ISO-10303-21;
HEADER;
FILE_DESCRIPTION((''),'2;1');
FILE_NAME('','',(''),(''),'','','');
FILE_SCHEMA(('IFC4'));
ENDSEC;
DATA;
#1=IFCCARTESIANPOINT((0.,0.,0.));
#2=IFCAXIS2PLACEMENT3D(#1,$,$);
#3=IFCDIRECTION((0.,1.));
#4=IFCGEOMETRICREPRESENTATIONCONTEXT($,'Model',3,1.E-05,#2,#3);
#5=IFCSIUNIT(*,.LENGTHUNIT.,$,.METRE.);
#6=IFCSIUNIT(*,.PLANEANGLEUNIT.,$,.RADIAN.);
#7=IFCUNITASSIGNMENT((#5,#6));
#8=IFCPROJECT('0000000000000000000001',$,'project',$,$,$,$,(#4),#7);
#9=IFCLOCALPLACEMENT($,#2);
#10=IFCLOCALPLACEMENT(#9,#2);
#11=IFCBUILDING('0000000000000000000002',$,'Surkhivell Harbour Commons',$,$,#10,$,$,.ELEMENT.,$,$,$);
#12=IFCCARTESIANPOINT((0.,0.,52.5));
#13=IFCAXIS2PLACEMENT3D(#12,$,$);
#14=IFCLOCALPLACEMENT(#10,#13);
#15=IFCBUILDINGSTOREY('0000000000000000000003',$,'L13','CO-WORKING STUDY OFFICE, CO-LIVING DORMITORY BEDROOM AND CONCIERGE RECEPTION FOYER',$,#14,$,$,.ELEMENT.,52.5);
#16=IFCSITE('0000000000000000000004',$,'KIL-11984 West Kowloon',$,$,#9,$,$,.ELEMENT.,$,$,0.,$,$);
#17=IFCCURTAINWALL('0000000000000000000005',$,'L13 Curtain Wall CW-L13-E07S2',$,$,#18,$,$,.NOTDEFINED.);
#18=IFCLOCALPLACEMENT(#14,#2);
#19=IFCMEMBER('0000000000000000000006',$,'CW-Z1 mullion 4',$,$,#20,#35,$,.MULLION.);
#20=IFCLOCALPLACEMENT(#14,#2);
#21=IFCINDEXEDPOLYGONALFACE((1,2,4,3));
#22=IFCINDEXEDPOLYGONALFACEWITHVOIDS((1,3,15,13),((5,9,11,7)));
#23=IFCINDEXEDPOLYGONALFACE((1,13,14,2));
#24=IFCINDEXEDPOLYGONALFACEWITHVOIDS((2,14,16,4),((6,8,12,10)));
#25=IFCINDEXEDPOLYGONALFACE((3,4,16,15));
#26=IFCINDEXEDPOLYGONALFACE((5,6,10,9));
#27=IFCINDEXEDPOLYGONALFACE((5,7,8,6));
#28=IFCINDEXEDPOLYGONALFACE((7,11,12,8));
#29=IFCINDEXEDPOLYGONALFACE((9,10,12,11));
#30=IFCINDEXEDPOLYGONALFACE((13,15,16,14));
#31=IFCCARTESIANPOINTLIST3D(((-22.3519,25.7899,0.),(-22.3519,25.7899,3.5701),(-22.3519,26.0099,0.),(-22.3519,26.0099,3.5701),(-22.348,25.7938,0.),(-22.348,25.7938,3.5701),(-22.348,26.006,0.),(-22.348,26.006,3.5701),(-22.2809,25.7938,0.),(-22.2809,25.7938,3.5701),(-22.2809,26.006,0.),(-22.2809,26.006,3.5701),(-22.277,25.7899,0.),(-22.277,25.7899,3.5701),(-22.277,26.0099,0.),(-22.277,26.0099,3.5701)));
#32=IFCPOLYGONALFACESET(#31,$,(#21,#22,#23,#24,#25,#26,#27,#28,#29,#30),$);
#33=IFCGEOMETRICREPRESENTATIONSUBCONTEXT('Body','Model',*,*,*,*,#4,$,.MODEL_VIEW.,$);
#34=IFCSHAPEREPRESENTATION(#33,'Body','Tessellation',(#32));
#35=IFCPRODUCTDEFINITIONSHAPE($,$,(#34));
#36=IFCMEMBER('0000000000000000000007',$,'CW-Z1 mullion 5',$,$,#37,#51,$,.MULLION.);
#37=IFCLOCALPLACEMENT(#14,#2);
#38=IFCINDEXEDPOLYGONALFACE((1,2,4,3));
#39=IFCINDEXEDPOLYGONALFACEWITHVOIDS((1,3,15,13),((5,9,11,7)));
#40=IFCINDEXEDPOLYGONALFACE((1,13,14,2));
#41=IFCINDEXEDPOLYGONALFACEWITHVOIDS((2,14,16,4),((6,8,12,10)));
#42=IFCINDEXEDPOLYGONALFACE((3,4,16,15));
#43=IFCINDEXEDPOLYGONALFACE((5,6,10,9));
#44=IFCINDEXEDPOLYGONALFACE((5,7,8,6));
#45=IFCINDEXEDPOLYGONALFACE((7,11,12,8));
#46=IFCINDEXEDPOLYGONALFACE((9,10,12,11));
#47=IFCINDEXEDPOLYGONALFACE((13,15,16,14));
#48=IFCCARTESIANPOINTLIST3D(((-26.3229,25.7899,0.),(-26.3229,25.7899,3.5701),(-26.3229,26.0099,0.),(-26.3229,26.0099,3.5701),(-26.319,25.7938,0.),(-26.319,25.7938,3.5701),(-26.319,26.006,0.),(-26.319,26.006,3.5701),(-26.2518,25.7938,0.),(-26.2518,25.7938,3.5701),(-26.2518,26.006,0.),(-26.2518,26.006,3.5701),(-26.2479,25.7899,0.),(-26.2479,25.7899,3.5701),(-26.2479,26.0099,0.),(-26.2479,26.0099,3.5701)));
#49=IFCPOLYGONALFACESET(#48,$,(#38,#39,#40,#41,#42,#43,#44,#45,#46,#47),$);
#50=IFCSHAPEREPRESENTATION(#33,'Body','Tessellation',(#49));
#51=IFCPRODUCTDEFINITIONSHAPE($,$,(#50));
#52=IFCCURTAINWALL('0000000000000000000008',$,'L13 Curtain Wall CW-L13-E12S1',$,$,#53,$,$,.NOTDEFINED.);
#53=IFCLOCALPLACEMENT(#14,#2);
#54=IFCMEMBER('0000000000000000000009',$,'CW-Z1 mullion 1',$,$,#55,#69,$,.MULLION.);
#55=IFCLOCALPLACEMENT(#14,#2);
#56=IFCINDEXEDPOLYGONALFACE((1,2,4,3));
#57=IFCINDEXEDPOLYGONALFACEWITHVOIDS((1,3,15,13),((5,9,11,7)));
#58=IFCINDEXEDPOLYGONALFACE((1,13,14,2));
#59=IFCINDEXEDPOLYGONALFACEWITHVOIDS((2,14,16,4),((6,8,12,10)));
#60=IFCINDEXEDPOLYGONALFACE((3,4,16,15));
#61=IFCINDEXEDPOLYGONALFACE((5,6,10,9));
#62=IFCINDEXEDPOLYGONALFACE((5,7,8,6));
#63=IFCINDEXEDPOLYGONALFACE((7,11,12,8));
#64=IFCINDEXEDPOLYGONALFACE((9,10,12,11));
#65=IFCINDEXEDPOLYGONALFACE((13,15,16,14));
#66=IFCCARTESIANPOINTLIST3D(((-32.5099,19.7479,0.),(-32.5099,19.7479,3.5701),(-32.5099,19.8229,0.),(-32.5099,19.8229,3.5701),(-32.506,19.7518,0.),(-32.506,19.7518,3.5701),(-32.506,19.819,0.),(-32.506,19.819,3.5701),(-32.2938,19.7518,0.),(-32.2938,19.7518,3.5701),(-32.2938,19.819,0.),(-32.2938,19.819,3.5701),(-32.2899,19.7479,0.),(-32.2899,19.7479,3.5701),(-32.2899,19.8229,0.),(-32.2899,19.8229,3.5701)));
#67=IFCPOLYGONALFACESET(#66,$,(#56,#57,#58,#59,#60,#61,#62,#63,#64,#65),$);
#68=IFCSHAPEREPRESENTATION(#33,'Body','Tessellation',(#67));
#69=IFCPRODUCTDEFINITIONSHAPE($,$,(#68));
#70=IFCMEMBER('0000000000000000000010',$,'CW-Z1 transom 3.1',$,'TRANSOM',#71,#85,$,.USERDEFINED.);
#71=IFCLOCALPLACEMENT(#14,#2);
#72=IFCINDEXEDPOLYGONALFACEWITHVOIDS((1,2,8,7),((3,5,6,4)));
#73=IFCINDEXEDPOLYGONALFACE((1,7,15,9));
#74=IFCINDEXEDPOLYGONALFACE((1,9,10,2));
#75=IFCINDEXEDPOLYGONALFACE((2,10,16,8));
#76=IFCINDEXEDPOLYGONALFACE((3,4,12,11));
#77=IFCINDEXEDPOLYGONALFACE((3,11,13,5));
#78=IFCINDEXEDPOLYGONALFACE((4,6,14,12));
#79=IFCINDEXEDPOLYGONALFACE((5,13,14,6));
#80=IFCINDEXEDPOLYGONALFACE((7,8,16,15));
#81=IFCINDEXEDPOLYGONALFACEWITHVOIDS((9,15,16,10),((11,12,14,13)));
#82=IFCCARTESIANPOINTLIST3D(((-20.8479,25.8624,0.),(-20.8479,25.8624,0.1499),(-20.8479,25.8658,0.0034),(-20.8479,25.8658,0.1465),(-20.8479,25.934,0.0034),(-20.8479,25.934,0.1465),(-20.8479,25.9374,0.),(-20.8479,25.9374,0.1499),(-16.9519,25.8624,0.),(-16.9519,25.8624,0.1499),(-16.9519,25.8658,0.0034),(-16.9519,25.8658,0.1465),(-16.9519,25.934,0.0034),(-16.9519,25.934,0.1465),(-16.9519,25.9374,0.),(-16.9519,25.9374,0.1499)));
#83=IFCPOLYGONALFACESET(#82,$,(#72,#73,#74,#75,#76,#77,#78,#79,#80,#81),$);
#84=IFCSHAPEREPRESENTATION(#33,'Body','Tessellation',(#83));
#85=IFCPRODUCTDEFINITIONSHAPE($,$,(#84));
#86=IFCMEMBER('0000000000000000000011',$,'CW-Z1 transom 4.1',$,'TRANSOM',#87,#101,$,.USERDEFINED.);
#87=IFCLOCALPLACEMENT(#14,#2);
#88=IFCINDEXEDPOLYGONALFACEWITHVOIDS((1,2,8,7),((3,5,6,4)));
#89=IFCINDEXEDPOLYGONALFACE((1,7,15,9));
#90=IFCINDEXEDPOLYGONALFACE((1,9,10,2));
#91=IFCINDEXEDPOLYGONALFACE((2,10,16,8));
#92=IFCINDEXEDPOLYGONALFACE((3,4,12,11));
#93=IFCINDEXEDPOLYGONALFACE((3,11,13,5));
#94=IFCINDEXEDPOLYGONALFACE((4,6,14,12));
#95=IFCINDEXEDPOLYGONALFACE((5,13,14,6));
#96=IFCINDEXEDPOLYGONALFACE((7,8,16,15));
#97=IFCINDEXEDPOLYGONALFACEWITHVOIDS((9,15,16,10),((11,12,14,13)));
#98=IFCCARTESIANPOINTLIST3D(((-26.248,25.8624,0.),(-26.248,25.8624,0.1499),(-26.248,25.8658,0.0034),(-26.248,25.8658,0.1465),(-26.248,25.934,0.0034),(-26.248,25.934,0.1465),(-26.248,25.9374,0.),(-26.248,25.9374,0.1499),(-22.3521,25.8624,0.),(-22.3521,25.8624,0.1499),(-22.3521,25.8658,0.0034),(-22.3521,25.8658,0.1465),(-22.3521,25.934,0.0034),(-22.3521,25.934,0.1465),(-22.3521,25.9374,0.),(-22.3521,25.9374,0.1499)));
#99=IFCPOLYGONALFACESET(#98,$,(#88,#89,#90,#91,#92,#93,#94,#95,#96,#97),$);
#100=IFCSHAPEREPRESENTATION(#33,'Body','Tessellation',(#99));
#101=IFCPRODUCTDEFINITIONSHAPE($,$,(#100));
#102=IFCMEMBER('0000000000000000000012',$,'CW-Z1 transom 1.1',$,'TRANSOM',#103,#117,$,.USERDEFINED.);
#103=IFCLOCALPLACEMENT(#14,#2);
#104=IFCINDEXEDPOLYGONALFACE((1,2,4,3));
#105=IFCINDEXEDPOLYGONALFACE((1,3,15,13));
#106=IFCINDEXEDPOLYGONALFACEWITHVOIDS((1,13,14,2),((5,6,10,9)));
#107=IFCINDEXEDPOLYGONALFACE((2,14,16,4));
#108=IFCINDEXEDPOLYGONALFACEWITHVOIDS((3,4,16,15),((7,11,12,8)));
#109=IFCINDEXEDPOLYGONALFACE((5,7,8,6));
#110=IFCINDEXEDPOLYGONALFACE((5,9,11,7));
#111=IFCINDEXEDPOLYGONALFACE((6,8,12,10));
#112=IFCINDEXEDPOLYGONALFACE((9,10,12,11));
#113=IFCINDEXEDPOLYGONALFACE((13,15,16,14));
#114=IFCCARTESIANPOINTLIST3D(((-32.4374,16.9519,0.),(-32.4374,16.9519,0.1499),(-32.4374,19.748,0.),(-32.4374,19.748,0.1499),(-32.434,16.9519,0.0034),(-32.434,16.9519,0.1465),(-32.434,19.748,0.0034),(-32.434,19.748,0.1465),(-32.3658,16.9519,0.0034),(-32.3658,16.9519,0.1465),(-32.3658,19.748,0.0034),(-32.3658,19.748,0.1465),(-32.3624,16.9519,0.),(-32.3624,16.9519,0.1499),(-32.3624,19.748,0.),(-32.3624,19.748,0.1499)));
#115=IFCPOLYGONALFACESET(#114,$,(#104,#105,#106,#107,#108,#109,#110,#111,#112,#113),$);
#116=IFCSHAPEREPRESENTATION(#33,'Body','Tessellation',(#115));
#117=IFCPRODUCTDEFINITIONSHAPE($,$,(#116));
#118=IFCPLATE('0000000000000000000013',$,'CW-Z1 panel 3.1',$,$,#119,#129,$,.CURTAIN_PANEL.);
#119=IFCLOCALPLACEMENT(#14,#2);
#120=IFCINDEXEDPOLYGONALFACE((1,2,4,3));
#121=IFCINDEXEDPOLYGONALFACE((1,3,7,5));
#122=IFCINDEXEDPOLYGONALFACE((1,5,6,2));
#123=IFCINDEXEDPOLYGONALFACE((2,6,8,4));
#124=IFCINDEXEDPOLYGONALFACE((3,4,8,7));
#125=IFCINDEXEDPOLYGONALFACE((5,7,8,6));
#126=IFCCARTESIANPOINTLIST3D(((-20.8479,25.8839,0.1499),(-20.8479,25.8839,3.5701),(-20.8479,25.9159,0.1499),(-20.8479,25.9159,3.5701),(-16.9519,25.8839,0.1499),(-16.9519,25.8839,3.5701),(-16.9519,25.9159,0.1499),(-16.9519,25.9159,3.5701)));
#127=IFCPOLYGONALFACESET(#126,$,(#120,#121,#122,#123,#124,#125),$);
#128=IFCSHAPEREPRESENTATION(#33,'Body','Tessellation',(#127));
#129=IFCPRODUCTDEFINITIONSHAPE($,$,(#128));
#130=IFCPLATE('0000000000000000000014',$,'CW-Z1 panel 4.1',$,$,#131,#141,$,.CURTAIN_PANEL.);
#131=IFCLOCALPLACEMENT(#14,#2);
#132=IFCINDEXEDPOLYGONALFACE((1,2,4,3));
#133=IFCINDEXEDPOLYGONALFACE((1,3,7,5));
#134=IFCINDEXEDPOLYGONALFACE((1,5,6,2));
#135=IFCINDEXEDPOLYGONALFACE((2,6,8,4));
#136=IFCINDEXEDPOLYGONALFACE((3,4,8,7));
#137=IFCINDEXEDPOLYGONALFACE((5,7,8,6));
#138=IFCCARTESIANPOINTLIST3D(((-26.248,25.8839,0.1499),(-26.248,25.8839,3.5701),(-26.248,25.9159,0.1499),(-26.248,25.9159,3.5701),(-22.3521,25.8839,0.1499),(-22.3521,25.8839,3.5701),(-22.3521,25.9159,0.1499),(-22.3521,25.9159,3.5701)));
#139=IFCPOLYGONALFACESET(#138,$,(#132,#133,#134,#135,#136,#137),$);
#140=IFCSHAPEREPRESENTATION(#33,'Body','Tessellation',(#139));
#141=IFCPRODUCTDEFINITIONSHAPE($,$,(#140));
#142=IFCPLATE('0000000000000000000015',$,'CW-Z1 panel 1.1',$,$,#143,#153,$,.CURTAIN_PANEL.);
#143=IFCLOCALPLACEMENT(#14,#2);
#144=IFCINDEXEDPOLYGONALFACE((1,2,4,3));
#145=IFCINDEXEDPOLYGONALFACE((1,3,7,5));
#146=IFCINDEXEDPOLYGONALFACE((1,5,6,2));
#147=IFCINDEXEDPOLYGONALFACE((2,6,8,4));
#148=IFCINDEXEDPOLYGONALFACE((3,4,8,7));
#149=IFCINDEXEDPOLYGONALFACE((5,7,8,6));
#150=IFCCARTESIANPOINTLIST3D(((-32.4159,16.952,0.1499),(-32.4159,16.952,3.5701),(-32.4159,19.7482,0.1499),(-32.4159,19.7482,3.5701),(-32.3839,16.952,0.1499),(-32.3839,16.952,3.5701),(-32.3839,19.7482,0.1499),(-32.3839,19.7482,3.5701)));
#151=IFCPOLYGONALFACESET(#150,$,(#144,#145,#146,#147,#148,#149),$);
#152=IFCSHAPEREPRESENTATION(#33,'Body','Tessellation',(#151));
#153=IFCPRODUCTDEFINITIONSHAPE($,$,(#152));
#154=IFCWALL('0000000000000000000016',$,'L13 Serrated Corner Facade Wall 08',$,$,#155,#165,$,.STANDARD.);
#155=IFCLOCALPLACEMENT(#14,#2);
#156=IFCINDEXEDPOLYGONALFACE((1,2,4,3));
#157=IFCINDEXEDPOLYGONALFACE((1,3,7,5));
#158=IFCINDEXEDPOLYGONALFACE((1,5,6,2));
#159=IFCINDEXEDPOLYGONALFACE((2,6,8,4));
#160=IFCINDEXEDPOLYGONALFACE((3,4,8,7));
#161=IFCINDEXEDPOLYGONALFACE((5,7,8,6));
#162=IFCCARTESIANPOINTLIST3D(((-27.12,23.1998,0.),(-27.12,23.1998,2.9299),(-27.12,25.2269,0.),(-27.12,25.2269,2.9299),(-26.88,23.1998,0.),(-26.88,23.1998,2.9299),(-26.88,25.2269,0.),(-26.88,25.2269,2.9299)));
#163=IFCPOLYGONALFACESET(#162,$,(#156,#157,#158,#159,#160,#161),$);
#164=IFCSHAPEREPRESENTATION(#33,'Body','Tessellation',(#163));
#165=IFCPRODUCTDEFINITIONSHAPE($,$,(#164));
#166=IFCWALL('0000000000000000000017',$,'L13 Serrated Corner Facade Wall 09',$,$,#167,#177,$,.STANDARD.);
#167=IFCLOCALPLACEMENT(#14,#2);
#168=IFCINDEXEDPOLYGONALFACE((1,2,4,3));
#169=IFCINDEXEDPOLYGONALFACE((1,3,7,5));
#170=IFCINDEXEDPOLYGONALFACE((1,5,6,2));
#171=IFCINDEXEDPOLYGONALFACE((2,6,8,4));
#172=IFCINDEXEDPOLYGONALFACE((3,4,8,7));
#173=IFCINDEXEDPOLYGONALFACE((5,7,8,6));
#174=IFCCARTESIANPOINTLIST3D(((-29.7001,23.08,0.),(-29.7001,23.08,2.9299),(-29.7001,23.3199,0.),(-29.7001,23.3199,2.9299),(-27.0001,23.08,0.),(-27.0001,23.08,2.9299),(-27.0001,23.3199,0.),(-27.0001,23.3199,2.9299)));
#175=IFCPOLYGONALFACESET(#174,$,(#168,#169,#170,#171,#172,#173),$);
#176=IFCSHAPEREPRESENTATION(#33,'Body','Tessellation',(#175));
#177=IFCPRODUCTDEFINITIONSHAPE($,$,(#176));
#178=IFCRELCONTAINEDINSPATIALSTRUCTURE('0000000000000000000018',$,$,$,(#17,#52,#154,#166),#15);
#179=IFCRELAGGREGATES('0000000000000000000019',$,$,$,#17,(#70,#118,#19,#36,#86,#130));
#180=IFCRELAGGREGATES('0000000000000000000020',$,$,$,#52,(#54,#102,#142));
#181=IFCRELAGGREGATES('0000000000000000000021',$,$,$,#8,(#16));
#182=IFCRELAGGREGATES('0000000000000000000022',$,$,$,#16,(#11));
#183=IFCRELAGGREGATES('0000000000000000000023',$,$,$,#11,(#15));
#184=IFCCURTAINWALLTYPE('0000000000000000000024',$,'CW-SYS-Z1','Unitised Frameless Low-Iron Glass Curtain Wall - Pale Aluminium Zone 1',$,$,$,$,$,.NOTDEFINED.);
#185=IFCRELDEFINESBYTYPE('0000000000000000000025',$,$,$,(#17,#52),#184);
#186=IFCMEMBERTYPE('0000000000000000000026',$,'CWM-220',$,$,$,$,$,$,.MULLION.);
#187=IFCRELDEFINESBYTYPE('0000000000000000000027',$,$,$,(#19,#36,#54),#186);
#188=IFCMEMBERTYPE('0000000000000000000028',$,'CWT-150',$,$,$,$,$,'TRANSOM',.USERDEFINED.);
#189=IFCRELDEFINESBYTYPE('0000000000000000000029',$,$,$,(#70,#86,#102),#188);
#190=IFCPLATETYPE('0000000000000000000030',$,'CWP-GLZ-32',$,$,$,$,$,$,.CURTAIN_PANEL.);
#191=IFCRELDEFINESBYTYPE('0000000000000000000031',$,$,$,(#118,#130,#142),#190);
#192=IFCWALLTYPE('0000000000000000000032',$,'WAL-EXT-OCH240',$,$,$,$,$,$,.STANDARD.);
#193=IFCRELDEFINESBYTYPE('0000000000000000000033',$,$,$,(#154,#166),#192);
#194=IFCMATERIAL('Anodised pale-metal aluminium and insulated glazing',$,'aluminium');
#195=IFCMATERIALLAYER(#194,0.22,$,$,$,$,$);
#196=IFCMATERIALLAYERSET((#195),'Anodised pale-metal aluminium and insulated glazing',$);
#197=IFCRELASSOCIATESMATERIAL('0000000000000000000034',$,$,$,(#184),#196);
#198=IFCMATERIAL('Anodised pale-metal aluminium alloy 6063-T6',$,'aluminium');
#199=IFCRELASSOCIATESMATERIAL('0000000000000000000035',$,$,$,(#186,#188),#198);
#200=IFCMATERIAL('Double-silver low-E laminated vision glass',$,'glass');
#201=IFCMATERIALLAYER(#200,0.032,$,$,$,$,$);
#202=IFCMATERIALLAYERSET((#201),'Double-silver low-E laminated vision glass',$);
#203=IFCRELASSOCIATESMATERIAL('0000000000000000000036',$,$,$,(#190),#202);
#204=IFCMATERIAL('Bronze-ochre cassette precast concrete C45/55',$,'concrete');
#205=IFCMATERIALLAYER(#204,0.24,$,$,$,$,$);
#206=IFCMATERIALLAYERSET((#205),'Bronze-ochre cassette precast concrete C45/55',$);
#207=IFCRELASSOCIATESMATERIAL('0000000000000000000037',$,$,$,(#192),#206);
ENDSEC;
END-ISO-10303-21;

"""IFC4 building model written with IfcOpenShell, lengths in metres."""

from ifc_helpers import new_model, si_unit, direction, frame, frame_2d, origin, origin_2d, place, context, subcontext, project, spatial, rectangle, hollow_rectangle, extrude, material, layer, layer_set, material_profile, profile_set, type_object, element, aggregate, save


model = new_model("IFC4")

# Units and contexts
model_context = context("Model", 3, precision=1e-05, world=origin(), true_north=direction((0.0, 1.0)))
body_context = subcontext(model_context, "Body", "Model", "MODEL_VIEW")
ifc_project = project(units=[si_unit("LENGTHUNIT", "METRE"), si_unit("PLANEANGLEUNIT", "RADIAN")], contexts=[model_context])

# Site, building, storey
site_placement = place(None, origin())
site = spatial("IfcSite", under=ifc_project, at=site_placement, Name="KIL-11984 West Kowloon", CompositionType="ELEMENT", RefElevation=0.0)
building_placement = place(site_placement, origin())
building = spatial("IfcBuilding", under=site, at=building_placement, Name="Surkhivell Harbour Commons", CompositionType="ELEMENT")
storey_placement = place(building_placement, frame((0.0, 0.0, 52.5)))
storey = spatial("IfcBuildingStorey", under=building, at=storey_placement, Name="L13", Description="CO-WORKING STUDY OFFICE, CO-LIVING DORMITORY BEDROOM AND CONCIERGE RECEPTION FOYER", CompositionType="ELEMENT", Elevation=52.5)

# Curtain wall, members
ifc_material_1 = material(Name="Anodised pale-metal aluminium and insulated glazing", Category="aluminium")
ifc_layer_1 = layer(ifc_material_1, 0.22)
ifc_layer_set_1 = layer_set([ifc_layer_1], Name="Anodised pale-metal aluminium and insulated glazing")
curtain_wall_type = type_object("IfcCurtainWallType", Name="CW-SYS-Z1", Description="Unitised Frameless Low-Iron Glass Curtain Wall - Pale Aluminium Zone 1", PredefinedType="NOTDEFINED", material=ifc_layer_set_1)
curtain_wall_1_placement = place(storey_placement, origin())
curtain_wall_1 = element("IfcCurtainWall", 1, at=curtain_wall_1_placement, inside=storey, type_object=curtain_wall_type, Name="L13 Curtain Wall CW-L13-E07S2", PredefinedType="NOTDEFINED")
ifc_material_2 = material(Name="Anodised pale-metal aluminium alloy 6063-T6", Category="aluminium")
ifc_material_profile_1 = material_profile(ifc_material_2, hollow_rectangle(XDim=0.075, YDim=0.22, WallThickness=0.0039, at=origin_2d()), Name="ALU-MULL-75x220")
ifc_profile_set_1 = profile_set([ifc_material_profile_1], Name="Anodised pale-metal aluminium alloy 6063-T6")
member_type_1 = type_object("IfcMemberType", Name="CWM-220", PredefinedType="MULLION", material=ifc_profile_set_1)
member_1_placement = place(storey_placement, frame((-22.3145, 25.8999, 0.0), z_axis=(0.0, 0.0, 1.0), x_axis=(-1.0, 0.0, 0.0)))
member_1 = element("IfcMember", 2, at=member_1_placement, type_object=member_type_1, Name="CW-Z1 mullion 4", PredefinedType="MULLION", context=body_context, shape_type="SweptSolid", body=[
    extrude(hollow_rectangle(XDim=0.075, YDim=0.22, WallThickness=0.0039, at=origin_2d()), origin(), (0.0, 0.0, 1.0), 3.5701),
])
member_2_placement = place(storey_placement, frame((-26.2854, 25.8999, 0.0), z_axis=(0.0, 0.0, 1.0), x_axis=(-1.0, 0.0, 0.0)))
member_2 = element("IfcMember", 3, at=member_2_placement, type_object=member_type_1, Name="CW-Z1 mullion 5", PredefinedType="MULLION", context=body_context, shape_type="SweptSolid", body=[
    extrude(hollow_rectangle(XDim=0.075, YDim=0.22, WallThickness=0.0039, at=origin_2d()), origin(), (0.0, 0.0, 1.0), 3.5701),
])

# Curtain wall, member
curtain_wall_2_placement = place(storey_placement, origin())
curtain_wall_2 = element("IfcCurtainWall", 4, at=curtain_wall_2_placement, inside=storey, type_object=curtain_wall_type, Name="L13 Curtain Wall CW-L13-E12S1", PredefinedType="NOTDEFINED")
member_3_placement = place(storey_placement, frame((-32.3999, 19.7854, 0.0), z_axis=(0.0, 0.0, 1.0), x_axis=(0.0, -1.0, 0.0)))
member_3 = element("IfcMember", 5, at=member_3_placement, type_object=member_type_1, Name="CW-Z1 mullion 1", PredefinedType="MULLION", context=body_context, shape_type="SweptSolid", body=[
    extrude(hollow_rectangle(XDim=0.075, YDim=0.22, WallThickness=0.0039, at=origin_2d()), origin(), (0.0, 0.0, 1.0), 3.5701),
])

# Members
ifc_material_profile_2 = material_profile(ifc_material_2, hollow_rectangle(XDim=0.075, YDim=0.1499, WallThickness=0.0034, at=origin_2d()), Name="ALU-TRAN-75x150")
ifc_profile_set_2 = profile_set([ifc_material_profile_2], Name="Anodised pale-metal aluminium alloy 6063-T6")
member_type_2 = type_object("IfcMemberType", Name="CWT-150", ElementType="TRANSOM", PredefinedType="USERDEFINED", material=ifc_profile_set_2)
member_4_placement = place(storey_placement, frame((-16.9519, 25.8999, 0.075), z_axis=(-1.0, 0.0, 0.0), x_axis=(0.0, -1.0, 0.0)))
member_4 = element("IfcMember", 6, at=member_4_placement, type_object=member_type_2, Name="CW-Z1 transom 3.1", ObjectType="TRANSOM", PredefinedType="USERDEFINED", context=body_context, shape_type="SweptSolid", body=[
    extrude(hollow_rectangle(XDim=0.075, YDim=0.1499, WallThickness=0.0034, at=origin_2d()), origin(), (0.0, 0.0, 1.0), 3.896),
])
member_5_placement = place(storey_placement, frame((-22.3521, 25.8999, 0.075), z_axis=(-1.0, 0.0, 0.0), x_axis=(0.0, -1.0, 0.0)))
member_5 = element("IfcMember", 7, at=member_5_placement, type_object=member_type_2, Name="CW-Z1 transom 4.1", ObjectType="TRANSOM", PredefinedType="USERDEFINED", context=body_context, shape_type="SweptSolid", body=[
    extrude(hollow_rectangle(XDim=0.075, YDim=0.1499, WallThickness=0.0034, at=origin_2d()), origin(), (0.0, 0.0, 1.0), 3.896),
])
member_6_placement = place(storey_placement, frame((-32.3999, 19.748, 0.075), z_axis=(0.0, -1.0, 0.0), x_axis=(1.0, 0.0, 0.0)))
member_6 = element("IfcMember", 8, at=member_6_placement, type_object=member_type_2, Name="CW-Z1 transom 1.1", ObjectType="TRANSOM", PredefinedType="USERDEFINED", context=body_context, shape_type="SweptSolid", body=[
    extrude(hollow_rectangle(XDim=0.075, YDim=0.1499, WallThickness=0.0034, at=origin_2d()), origin(), (0.0, 0.0, 1.0), 2.7961),
])

# Plates
ifc_material_3 = material(Name="Double-silver low-E laminated vision glass", Category="glass")
ifc_layer_2 = layer(ifc_material_3, 0.032)
ifc_layer_set_2 = layer_set([ifc_layer_2], Name="Double-silver low-E laminated vision glass")
plate_type = type_object("IfcPlateType", Name="CWP-GLZ-32", PredefinedType="CURTAIN_PANEL", material=ifc_layer_set_2)
plate_1_placement = place(storey_placement, frame((-16.9519, 25.8999, 0.1499), z_axis=(0.0, 0.0, 1.0), x_axis=(-1.0, 0.0, 0.0)))
plate_1 = element("IfcPlate", 9, at=plate_1_placement, type_object=plate_type, Name="CW-Z1 panel 3.1", PredefinedType="CURTAIN_PANEL", context=body_context, shape_type="SweptSolid", body=[
    extrude(rectangle(XDim=3.896, YDim=0.032, at=frame_2d((1.948, 0.0))), origin(), (0.0, 0.0, 1.0), 3.4202),
])
plate_2_placement = place(storey_placement, frame((-22.3521, 25.8999, 0.1499), z_axis=(0.0, 0.0, 1.0), x_axis=(-1.0, 0.0, 0.0)))
plate_2 = element("IfcPlate", 10, at=plate_2_placement, type_object=plate_type, Name="CW-Z1 panel 4.1", PredefinedType="CURTAIN_PANEL", context=body_context, shape_type="SweptSolid", body=[
    extrude(rectangle(XDim=3.896, YDim=0.032, at=frame_2d((1.948, 0.0))), origin(), (0.0, 0.0, 1.0), 3.4202),
])
aggregate(curtain_wall_1, [member_4, plate_1, member_1, member_2, member_5, plate_2])
plate_3_placement = place(storey_placement, frame((-32.3999, 19.748, 0.1499), z_axis=(0.0, 0.0, 1.0), x_axis=(0.0, -1.0, 0.0)))
plate_3 = element("IfcPlate", 11, at=plate_3_placement, type_object=plate_type, Name="CW-Z1 panel 1.1", PredefinedType="CURTAIN_PANEL", context=body_context, shape_type="SweptSolid", body=[
    extrude(rectangle(XDim=2.7961, YDim=0.032, at=frame_2d((1.3979, 0.0))), origin(), (0.0, 0.0, 1.0), 3.4202),
])
aggregate(curtain_wall_2, [member_3, member_6, plate_3])

# Walls
ifc_material_4 = material(Name="Bronze-ochre cassette precast concrete C45/55", Category="concrete")
ifc_layer_3 = layer(ifc_material_4, 0.24)
ifc_layer_set_3 = layer_set([ifc_layer_3], Name="Bronze-ochre cassette precast concrete C45/55")
wall_type = type_object("IfcWallType", Name="WAL-EXT-OCH240", PredefinedType="STANDARD", material=ifc_layer_set_3)
wall_1_placement = place(storey_placement, frame((-27.0, 25.2271, 0.0), z_axis=(0.0, 0.0, 1.0), x_axis=(0.0, -1.0, 0.0)))
element("IfcWall", 12, at=wall_1_placement, inside=storey, type_object=wall_type, Name="L13 Serrated Corner Facade Wall 08", PredefinedType="STANDARD", context=body_context, shape_type="SweptSolid", body=[
    extrude(rectangle(XDim=2.0271, YDim=0.24, at=frame_2d((1.0137, 0.0))), origin(), (0.0, 0.0, 1.0), 2.9299),
])
wall_2_placement = place(storey_placement, frame((-27.0, 23.2, 0.0), z_axis=(0.0, 0.0, 1.0), x_axis=(-1.0, 0.0, 0.0)))
element("IfcWall", 13, at=wall_2_placement, inside=storey, type_object=wall_type, Name="L13 Serrated Corner Facade Wall 09", PredefinedType="STANDARD", context=body_context, shape_type="SweptSolid", body=[
    extrude(rectangle(XDim=2.7, YDim=0.24, at=frame_2d((1.3501, 0.0))), origin(), (0.0, 0.0, 1.0), 2.9299),
])

save(model, "model.ifc")
